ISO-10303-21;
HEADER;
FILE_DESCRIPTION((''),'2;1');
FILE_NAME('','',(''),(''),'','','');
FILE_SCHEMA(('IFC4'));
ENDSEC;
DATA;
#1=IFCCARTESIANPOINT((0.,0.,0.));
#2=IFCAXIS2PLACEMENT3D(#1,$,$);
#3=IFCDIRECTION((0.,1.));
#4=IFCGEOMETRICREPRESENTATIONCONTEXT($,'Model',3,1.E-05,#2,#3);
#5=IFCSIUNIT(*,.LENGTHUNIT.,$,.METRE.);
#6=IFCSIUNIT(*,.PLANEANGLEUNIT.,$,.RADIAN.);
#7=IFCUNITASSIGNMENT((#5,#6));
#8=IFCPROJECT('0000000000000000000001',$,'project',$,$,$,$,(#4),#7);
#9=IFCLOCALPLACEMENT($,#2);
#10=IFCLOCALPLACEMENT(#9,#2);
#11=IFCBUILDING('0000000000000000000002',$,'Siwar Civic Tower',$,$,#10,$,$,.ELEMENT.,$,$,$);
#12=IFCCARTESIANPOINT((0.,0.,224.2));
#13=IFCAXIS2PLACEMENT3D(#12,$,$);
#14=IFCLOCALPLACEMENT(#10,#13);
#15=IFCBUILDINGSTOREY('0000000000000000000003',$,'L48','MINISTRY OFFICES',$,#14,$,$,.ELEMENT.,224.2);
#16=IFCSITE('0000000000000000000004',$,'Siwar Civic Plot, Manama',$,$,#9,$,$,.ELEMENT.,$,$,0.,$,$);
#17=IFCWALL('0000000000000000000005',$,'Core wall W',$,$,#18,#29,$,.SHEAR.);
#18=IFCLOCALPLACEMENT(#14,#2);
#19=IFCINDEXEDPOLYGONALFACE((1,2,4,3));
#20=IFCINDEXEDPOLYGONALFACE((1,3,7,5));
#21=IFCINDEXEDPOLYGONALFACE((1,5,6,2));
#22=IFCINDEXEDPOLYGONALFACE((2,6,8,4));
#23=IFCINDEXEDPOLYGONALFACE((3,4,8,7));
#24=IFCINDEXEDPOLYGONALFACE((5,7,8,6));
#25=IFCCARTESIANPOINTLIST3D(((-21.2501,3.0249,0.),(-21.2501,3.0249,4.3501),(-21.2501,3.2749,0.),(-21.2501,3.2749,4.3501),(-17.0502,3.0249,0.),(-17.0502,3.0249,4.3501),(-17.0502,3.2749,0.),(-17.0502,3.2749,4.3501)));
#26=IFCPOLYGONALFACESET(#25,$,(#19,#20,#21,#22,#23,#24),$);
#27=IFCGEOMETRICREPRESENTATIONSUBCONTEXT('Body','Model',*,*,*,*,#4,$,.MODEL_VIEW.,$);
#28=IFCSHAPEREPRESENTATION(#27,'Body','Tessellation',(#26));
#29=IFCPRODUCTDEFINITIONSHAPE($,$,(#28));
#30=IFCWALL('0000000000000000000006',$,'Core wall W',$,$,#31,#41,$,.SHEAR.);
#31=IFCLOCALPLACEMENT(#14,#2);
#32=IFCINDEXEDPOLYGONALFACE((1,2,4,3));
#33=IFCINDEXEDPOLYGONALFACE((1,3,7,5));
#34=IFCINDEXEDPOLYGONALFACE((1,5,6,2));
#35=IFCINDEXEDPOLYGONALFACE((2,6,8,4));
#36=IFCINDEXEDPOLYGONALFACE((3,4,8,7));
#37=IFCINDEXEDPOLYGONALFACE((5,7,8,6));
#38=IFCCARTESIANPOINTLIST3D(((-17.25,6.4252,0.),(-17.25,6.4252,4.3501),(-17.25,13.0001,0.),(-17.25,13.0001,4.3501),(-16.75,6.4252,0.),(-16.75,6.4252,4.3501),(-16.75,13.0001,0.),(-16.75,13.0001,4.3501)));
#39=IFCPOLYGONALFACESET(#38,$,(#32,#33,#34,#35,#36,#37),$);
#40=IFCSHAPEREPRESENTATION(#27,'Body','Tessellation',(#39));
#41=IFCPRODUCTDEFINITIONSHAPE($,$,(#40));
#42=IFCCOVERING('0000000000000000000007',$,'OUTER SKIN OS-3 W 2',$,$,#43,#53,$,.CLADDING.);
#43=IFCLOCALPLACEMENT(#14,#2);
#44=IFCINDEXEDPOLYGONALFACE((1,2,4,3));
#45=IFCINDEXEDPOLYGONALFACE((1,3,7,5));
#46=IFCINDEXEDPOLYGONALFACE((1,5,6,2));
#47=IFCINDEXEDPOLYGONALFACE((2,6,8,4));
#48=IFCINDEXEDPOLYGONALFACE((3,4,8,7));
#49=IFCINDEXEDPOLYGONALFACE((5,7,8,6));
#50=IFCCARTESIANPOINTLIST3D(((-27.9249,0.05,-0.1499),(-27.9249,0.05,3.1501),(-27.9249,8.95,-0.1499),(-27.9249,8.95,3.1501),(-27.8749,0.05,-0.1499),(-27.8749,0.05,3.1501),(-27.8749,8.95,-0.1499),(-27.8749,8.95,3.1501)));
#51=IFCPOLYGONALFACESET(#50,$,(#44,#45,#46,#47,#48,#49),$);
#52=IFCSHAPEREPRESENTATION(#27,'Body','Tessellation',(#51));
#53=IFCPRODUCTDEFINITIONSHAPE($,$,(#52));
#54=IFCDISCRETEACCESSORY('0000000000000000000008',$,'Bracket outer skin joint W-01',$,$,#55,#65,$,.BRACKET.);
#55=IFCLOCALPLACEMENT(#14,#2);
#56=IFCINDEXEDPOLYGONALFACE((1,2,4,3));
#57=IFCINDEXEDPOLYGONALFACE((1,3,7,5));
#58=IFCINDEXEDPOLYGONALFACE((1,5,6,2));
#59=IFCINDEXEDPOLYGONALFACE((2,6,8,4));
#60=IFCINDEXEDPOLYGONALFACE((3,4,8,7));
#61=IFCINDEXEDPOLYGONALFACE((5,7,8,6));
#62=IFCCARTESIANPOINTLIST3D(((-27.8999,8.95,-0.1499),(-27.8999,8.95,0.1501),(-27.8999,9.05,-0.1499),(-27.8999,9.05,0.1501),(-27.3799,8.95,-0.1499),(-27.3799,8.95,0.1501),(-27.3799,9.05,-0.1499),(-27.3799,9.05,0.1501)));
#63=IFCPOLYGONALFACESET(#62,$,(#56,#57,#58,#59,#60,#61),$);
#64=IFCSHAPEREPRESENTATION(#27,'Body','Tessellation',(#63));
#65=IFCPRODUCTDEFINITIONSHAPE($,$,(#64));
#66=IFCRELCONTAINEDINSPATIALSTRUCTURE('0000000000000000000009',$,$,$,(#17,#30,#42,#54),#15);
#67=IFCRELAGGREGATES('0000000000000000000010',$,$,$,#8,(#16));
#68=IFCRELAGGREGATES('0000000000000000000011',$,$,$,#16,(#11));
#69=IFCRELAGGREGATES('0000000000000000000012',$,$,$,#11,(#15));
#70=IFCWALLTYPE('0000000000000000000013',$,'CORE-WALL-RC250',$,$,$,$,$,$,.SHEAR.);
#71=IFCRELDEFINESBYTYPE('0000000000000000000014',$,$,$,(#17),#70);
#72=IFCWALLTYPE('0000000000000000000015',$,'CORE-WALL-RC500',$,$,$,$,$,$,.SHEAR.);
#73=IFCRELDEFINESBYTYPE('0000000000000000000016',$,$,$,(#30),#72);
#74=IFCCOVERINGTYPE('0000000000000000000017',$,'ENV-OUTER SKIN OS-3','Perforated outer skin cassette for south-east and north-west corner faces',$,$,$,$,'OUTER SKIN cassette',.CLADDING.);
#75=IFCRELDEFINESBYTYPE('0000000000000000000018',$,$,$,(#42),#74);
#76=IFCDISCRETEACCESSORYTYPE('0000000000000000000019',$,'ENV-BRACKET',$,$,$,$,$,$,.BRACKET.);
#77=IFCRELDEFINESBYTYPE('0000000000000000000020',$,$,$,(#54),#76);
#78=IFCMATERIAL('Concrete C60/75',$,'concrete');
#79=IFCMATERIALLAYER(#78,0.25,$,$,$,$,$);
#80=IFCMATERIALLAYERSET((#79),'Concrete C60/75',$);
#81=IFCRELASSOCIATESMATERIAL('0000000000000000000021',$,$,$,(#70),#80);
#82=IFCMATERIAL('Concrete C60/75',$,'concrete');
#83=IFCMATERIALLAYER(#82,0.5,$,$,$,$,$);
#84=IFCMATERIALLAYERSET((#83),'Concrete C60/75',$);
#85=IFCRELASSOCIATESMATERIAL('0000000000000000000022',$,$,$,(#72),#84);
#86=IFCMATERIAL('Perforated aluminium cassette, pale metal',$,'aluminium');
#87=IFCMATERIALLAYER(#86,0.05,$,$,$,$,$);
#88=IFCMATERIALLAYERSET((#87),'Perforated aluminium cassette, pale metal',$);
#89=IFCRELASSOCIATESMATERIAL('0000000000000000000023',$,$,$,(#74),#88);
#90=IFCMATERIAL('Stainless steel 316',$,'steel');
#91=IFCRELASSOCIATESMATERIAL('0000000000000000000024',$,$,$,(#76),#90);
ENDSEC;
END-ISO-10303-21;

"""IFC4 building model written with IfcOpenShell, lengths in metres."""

from ifc_helpers import new_model, si_unit, direction, frame, frame_2d, origin, origin_2d, place, context, subcontext, project, spatial, rectangle, extrude, material, layer, layer_set, type_object, element, save


model = new_model("IFC4")

# Units and contexts
model_context = context("Model", 3, precision=1e-05, world=origin(), true_north=direction((0.0, 1.0)))
body_context = subcontext(model_context, "Body", "Model", "MODEL_VIEW")
ifc_project = project(units=[si_unit("LENGTHUNIT", "METRE"), si_unit("PLANEANGLEUNIT", "RADIAN")], contexts=[model_context])

# Site, building, storey
site_placement = place(None, origin())
site = spatial("IfcSite", under=ifc_project, at=site_placement, Name="Siwar Civic Plot, Manama", CompositionType="ELEMENT", RefElevation=0.0)
building_placement = place(site_placement, origin())
building = spatial("IfcBuilding", under=site, at=building_placement, Name="Siwar Civic Tower", CompositionType="ELEMENT")
storey_placement = place(building_placement, frame((0.0, 0.0, 224.2)))
storey = spatial("IfcBuildingStorey", under=building, at=storey_placement, Name="L48", Description="MINISTRY OFFICES", CompositionType="ELEMENT", Elevation=224.2)

# Walls
ifc_material_1 = material(Name="Concrete C60/75", Category="concrete")
ifc_layer_1 = layer(ifc_material_1, 0.25)
ifc_layer_set_1 = layer_set([ifc_layer_1], Name="Concrete C60/75")
wall_type_1 = type_object("IfcWallType", Name="CORE-WALL-RC250", PredefinedType="SHEAR", material=ifc_layer_set_1)
for number, where, z_axis, x_axis, name in (
    (1, (-17.05, 3.1499, 0.0), (0.0, 0.0, 1.0), (-1.0, 0.0, 0.0), "Core wall W"),
):
    element("IfcWall", number, at=place(storey_placement, frame(where, z_axis=z_axis, x_axis=x_axis)), inside=storey, type_object=wall_type_1, Name=name, PredefinedType="SHEAR", context=body_context, shape_type="SweptSolid", body=[
        extrude(rectangle(XDim=4.2, YDim=0.25, at=frame_2d((2.1001, 0.0))), origin(), (0.0, 0.0, 1.0), 4.3501),
    ])
ifc_material_2 = material(Name="Concrete C60/75", Category="concrete")
ifc_layer_2 = layer(ifc_material_2, 0.5)
ifc_layer_set_2 = layer_set([ifc_layer_2], Name="Concrete C60/75")
wall_type_2 = type_object("IfcWallType", Name="CORE-WALL-RC500", PredefinedType="SHEAR", material=ifc_layer_set_2)
wall_1_placement = place(storey_placement, frame((-17.0, 6.425, 0.0), z_axis=(0.0, 0.0, 1.0), x_axis=(0.0, 1.0, 0.0)))
element("IfcWall", 2, at=wall_1_placement, inside=storey, type_object=wall_type_2, Name="Core wall W", PredefinedType="SHEAR", context=body_context, shape_type="SweptSolid", body=[
    extrude(rectangle(XDim=6.575, YDim=0.5, at=frame_2d((3.2876, 0.0))), origin(), (0.0, 0.0, 1.0), 4.3501),
])

# Covering
ifc_material_3 = material(Name="Perforated aluminium cassette, pale metal", Category="aluminium")
ifc_layer_3 = layer(ifc_material_3, 0.05)
ifc_layer_set_3 = layer_set([ifc_layer_3], Name="Perforated aluminium cassette, pale metal")
covering_type = type_object("IfcCoveringType", Name="ENV-OUTER SKIN OS-3", Description="Perforated outer skin cassette for south-east and north-west corner faces", ElementType="OUTER SKIN cassette", PredefinedType="CLADDING", material=ifc_layer_set_3)
covering_placement = place(storey_placement, frame((-27.8999, 4.5, -0.1499), z_axis=(0.0, 0.0, 1.0), x_axis=(0.0, -1.0, 0.0)))
element("IfcCovering", 3, at=covering_placement, inside=storey, type_object=covering_type, Name="OUTER SKIN OS-3 W 2", PredefinedType="CLADDING", context=body_context, shape_type="SweptSolid", body=[
    extrude(rectangle(XDim=8.8999, YDim=0.05, at=origin_2d()), origin(), (0.0, 0.0, 1.0), 3.3),
])

# Discrete accessory
ifc_material_4 = material(Name="Stainless steel 316", Category="steel")
discrete_accessory_type = type_object("IfcDiscreteAccessoryType", Name="ENV-BRACKET", PredefinedType="BRACKET", material=ifc_material_4)
discrete_accessory_placement = place(storey_placement, frame((-27.6399, 9.0, -0.1499), z_axis=(0.0, 0.0, 1.0), x_axis=(-1.0, 0.0, 0.0)))
element("IfcDiscreteAccessory", 4, at=discrete_accessory_placement, inside=storey, type_object=discrete_accessory_type, Name="Bracket outer skin joint W-01", PredefinedType="BRACKET", context=body_context, shape_type="SweptSolid", body=[
    extrude(rectangle(XDim=0.52, YDim=0.1001, at=origin_2d()), origin(), (0.0, 0.0, 1.0), 0.3),
])

save(model, "model.ifc")
